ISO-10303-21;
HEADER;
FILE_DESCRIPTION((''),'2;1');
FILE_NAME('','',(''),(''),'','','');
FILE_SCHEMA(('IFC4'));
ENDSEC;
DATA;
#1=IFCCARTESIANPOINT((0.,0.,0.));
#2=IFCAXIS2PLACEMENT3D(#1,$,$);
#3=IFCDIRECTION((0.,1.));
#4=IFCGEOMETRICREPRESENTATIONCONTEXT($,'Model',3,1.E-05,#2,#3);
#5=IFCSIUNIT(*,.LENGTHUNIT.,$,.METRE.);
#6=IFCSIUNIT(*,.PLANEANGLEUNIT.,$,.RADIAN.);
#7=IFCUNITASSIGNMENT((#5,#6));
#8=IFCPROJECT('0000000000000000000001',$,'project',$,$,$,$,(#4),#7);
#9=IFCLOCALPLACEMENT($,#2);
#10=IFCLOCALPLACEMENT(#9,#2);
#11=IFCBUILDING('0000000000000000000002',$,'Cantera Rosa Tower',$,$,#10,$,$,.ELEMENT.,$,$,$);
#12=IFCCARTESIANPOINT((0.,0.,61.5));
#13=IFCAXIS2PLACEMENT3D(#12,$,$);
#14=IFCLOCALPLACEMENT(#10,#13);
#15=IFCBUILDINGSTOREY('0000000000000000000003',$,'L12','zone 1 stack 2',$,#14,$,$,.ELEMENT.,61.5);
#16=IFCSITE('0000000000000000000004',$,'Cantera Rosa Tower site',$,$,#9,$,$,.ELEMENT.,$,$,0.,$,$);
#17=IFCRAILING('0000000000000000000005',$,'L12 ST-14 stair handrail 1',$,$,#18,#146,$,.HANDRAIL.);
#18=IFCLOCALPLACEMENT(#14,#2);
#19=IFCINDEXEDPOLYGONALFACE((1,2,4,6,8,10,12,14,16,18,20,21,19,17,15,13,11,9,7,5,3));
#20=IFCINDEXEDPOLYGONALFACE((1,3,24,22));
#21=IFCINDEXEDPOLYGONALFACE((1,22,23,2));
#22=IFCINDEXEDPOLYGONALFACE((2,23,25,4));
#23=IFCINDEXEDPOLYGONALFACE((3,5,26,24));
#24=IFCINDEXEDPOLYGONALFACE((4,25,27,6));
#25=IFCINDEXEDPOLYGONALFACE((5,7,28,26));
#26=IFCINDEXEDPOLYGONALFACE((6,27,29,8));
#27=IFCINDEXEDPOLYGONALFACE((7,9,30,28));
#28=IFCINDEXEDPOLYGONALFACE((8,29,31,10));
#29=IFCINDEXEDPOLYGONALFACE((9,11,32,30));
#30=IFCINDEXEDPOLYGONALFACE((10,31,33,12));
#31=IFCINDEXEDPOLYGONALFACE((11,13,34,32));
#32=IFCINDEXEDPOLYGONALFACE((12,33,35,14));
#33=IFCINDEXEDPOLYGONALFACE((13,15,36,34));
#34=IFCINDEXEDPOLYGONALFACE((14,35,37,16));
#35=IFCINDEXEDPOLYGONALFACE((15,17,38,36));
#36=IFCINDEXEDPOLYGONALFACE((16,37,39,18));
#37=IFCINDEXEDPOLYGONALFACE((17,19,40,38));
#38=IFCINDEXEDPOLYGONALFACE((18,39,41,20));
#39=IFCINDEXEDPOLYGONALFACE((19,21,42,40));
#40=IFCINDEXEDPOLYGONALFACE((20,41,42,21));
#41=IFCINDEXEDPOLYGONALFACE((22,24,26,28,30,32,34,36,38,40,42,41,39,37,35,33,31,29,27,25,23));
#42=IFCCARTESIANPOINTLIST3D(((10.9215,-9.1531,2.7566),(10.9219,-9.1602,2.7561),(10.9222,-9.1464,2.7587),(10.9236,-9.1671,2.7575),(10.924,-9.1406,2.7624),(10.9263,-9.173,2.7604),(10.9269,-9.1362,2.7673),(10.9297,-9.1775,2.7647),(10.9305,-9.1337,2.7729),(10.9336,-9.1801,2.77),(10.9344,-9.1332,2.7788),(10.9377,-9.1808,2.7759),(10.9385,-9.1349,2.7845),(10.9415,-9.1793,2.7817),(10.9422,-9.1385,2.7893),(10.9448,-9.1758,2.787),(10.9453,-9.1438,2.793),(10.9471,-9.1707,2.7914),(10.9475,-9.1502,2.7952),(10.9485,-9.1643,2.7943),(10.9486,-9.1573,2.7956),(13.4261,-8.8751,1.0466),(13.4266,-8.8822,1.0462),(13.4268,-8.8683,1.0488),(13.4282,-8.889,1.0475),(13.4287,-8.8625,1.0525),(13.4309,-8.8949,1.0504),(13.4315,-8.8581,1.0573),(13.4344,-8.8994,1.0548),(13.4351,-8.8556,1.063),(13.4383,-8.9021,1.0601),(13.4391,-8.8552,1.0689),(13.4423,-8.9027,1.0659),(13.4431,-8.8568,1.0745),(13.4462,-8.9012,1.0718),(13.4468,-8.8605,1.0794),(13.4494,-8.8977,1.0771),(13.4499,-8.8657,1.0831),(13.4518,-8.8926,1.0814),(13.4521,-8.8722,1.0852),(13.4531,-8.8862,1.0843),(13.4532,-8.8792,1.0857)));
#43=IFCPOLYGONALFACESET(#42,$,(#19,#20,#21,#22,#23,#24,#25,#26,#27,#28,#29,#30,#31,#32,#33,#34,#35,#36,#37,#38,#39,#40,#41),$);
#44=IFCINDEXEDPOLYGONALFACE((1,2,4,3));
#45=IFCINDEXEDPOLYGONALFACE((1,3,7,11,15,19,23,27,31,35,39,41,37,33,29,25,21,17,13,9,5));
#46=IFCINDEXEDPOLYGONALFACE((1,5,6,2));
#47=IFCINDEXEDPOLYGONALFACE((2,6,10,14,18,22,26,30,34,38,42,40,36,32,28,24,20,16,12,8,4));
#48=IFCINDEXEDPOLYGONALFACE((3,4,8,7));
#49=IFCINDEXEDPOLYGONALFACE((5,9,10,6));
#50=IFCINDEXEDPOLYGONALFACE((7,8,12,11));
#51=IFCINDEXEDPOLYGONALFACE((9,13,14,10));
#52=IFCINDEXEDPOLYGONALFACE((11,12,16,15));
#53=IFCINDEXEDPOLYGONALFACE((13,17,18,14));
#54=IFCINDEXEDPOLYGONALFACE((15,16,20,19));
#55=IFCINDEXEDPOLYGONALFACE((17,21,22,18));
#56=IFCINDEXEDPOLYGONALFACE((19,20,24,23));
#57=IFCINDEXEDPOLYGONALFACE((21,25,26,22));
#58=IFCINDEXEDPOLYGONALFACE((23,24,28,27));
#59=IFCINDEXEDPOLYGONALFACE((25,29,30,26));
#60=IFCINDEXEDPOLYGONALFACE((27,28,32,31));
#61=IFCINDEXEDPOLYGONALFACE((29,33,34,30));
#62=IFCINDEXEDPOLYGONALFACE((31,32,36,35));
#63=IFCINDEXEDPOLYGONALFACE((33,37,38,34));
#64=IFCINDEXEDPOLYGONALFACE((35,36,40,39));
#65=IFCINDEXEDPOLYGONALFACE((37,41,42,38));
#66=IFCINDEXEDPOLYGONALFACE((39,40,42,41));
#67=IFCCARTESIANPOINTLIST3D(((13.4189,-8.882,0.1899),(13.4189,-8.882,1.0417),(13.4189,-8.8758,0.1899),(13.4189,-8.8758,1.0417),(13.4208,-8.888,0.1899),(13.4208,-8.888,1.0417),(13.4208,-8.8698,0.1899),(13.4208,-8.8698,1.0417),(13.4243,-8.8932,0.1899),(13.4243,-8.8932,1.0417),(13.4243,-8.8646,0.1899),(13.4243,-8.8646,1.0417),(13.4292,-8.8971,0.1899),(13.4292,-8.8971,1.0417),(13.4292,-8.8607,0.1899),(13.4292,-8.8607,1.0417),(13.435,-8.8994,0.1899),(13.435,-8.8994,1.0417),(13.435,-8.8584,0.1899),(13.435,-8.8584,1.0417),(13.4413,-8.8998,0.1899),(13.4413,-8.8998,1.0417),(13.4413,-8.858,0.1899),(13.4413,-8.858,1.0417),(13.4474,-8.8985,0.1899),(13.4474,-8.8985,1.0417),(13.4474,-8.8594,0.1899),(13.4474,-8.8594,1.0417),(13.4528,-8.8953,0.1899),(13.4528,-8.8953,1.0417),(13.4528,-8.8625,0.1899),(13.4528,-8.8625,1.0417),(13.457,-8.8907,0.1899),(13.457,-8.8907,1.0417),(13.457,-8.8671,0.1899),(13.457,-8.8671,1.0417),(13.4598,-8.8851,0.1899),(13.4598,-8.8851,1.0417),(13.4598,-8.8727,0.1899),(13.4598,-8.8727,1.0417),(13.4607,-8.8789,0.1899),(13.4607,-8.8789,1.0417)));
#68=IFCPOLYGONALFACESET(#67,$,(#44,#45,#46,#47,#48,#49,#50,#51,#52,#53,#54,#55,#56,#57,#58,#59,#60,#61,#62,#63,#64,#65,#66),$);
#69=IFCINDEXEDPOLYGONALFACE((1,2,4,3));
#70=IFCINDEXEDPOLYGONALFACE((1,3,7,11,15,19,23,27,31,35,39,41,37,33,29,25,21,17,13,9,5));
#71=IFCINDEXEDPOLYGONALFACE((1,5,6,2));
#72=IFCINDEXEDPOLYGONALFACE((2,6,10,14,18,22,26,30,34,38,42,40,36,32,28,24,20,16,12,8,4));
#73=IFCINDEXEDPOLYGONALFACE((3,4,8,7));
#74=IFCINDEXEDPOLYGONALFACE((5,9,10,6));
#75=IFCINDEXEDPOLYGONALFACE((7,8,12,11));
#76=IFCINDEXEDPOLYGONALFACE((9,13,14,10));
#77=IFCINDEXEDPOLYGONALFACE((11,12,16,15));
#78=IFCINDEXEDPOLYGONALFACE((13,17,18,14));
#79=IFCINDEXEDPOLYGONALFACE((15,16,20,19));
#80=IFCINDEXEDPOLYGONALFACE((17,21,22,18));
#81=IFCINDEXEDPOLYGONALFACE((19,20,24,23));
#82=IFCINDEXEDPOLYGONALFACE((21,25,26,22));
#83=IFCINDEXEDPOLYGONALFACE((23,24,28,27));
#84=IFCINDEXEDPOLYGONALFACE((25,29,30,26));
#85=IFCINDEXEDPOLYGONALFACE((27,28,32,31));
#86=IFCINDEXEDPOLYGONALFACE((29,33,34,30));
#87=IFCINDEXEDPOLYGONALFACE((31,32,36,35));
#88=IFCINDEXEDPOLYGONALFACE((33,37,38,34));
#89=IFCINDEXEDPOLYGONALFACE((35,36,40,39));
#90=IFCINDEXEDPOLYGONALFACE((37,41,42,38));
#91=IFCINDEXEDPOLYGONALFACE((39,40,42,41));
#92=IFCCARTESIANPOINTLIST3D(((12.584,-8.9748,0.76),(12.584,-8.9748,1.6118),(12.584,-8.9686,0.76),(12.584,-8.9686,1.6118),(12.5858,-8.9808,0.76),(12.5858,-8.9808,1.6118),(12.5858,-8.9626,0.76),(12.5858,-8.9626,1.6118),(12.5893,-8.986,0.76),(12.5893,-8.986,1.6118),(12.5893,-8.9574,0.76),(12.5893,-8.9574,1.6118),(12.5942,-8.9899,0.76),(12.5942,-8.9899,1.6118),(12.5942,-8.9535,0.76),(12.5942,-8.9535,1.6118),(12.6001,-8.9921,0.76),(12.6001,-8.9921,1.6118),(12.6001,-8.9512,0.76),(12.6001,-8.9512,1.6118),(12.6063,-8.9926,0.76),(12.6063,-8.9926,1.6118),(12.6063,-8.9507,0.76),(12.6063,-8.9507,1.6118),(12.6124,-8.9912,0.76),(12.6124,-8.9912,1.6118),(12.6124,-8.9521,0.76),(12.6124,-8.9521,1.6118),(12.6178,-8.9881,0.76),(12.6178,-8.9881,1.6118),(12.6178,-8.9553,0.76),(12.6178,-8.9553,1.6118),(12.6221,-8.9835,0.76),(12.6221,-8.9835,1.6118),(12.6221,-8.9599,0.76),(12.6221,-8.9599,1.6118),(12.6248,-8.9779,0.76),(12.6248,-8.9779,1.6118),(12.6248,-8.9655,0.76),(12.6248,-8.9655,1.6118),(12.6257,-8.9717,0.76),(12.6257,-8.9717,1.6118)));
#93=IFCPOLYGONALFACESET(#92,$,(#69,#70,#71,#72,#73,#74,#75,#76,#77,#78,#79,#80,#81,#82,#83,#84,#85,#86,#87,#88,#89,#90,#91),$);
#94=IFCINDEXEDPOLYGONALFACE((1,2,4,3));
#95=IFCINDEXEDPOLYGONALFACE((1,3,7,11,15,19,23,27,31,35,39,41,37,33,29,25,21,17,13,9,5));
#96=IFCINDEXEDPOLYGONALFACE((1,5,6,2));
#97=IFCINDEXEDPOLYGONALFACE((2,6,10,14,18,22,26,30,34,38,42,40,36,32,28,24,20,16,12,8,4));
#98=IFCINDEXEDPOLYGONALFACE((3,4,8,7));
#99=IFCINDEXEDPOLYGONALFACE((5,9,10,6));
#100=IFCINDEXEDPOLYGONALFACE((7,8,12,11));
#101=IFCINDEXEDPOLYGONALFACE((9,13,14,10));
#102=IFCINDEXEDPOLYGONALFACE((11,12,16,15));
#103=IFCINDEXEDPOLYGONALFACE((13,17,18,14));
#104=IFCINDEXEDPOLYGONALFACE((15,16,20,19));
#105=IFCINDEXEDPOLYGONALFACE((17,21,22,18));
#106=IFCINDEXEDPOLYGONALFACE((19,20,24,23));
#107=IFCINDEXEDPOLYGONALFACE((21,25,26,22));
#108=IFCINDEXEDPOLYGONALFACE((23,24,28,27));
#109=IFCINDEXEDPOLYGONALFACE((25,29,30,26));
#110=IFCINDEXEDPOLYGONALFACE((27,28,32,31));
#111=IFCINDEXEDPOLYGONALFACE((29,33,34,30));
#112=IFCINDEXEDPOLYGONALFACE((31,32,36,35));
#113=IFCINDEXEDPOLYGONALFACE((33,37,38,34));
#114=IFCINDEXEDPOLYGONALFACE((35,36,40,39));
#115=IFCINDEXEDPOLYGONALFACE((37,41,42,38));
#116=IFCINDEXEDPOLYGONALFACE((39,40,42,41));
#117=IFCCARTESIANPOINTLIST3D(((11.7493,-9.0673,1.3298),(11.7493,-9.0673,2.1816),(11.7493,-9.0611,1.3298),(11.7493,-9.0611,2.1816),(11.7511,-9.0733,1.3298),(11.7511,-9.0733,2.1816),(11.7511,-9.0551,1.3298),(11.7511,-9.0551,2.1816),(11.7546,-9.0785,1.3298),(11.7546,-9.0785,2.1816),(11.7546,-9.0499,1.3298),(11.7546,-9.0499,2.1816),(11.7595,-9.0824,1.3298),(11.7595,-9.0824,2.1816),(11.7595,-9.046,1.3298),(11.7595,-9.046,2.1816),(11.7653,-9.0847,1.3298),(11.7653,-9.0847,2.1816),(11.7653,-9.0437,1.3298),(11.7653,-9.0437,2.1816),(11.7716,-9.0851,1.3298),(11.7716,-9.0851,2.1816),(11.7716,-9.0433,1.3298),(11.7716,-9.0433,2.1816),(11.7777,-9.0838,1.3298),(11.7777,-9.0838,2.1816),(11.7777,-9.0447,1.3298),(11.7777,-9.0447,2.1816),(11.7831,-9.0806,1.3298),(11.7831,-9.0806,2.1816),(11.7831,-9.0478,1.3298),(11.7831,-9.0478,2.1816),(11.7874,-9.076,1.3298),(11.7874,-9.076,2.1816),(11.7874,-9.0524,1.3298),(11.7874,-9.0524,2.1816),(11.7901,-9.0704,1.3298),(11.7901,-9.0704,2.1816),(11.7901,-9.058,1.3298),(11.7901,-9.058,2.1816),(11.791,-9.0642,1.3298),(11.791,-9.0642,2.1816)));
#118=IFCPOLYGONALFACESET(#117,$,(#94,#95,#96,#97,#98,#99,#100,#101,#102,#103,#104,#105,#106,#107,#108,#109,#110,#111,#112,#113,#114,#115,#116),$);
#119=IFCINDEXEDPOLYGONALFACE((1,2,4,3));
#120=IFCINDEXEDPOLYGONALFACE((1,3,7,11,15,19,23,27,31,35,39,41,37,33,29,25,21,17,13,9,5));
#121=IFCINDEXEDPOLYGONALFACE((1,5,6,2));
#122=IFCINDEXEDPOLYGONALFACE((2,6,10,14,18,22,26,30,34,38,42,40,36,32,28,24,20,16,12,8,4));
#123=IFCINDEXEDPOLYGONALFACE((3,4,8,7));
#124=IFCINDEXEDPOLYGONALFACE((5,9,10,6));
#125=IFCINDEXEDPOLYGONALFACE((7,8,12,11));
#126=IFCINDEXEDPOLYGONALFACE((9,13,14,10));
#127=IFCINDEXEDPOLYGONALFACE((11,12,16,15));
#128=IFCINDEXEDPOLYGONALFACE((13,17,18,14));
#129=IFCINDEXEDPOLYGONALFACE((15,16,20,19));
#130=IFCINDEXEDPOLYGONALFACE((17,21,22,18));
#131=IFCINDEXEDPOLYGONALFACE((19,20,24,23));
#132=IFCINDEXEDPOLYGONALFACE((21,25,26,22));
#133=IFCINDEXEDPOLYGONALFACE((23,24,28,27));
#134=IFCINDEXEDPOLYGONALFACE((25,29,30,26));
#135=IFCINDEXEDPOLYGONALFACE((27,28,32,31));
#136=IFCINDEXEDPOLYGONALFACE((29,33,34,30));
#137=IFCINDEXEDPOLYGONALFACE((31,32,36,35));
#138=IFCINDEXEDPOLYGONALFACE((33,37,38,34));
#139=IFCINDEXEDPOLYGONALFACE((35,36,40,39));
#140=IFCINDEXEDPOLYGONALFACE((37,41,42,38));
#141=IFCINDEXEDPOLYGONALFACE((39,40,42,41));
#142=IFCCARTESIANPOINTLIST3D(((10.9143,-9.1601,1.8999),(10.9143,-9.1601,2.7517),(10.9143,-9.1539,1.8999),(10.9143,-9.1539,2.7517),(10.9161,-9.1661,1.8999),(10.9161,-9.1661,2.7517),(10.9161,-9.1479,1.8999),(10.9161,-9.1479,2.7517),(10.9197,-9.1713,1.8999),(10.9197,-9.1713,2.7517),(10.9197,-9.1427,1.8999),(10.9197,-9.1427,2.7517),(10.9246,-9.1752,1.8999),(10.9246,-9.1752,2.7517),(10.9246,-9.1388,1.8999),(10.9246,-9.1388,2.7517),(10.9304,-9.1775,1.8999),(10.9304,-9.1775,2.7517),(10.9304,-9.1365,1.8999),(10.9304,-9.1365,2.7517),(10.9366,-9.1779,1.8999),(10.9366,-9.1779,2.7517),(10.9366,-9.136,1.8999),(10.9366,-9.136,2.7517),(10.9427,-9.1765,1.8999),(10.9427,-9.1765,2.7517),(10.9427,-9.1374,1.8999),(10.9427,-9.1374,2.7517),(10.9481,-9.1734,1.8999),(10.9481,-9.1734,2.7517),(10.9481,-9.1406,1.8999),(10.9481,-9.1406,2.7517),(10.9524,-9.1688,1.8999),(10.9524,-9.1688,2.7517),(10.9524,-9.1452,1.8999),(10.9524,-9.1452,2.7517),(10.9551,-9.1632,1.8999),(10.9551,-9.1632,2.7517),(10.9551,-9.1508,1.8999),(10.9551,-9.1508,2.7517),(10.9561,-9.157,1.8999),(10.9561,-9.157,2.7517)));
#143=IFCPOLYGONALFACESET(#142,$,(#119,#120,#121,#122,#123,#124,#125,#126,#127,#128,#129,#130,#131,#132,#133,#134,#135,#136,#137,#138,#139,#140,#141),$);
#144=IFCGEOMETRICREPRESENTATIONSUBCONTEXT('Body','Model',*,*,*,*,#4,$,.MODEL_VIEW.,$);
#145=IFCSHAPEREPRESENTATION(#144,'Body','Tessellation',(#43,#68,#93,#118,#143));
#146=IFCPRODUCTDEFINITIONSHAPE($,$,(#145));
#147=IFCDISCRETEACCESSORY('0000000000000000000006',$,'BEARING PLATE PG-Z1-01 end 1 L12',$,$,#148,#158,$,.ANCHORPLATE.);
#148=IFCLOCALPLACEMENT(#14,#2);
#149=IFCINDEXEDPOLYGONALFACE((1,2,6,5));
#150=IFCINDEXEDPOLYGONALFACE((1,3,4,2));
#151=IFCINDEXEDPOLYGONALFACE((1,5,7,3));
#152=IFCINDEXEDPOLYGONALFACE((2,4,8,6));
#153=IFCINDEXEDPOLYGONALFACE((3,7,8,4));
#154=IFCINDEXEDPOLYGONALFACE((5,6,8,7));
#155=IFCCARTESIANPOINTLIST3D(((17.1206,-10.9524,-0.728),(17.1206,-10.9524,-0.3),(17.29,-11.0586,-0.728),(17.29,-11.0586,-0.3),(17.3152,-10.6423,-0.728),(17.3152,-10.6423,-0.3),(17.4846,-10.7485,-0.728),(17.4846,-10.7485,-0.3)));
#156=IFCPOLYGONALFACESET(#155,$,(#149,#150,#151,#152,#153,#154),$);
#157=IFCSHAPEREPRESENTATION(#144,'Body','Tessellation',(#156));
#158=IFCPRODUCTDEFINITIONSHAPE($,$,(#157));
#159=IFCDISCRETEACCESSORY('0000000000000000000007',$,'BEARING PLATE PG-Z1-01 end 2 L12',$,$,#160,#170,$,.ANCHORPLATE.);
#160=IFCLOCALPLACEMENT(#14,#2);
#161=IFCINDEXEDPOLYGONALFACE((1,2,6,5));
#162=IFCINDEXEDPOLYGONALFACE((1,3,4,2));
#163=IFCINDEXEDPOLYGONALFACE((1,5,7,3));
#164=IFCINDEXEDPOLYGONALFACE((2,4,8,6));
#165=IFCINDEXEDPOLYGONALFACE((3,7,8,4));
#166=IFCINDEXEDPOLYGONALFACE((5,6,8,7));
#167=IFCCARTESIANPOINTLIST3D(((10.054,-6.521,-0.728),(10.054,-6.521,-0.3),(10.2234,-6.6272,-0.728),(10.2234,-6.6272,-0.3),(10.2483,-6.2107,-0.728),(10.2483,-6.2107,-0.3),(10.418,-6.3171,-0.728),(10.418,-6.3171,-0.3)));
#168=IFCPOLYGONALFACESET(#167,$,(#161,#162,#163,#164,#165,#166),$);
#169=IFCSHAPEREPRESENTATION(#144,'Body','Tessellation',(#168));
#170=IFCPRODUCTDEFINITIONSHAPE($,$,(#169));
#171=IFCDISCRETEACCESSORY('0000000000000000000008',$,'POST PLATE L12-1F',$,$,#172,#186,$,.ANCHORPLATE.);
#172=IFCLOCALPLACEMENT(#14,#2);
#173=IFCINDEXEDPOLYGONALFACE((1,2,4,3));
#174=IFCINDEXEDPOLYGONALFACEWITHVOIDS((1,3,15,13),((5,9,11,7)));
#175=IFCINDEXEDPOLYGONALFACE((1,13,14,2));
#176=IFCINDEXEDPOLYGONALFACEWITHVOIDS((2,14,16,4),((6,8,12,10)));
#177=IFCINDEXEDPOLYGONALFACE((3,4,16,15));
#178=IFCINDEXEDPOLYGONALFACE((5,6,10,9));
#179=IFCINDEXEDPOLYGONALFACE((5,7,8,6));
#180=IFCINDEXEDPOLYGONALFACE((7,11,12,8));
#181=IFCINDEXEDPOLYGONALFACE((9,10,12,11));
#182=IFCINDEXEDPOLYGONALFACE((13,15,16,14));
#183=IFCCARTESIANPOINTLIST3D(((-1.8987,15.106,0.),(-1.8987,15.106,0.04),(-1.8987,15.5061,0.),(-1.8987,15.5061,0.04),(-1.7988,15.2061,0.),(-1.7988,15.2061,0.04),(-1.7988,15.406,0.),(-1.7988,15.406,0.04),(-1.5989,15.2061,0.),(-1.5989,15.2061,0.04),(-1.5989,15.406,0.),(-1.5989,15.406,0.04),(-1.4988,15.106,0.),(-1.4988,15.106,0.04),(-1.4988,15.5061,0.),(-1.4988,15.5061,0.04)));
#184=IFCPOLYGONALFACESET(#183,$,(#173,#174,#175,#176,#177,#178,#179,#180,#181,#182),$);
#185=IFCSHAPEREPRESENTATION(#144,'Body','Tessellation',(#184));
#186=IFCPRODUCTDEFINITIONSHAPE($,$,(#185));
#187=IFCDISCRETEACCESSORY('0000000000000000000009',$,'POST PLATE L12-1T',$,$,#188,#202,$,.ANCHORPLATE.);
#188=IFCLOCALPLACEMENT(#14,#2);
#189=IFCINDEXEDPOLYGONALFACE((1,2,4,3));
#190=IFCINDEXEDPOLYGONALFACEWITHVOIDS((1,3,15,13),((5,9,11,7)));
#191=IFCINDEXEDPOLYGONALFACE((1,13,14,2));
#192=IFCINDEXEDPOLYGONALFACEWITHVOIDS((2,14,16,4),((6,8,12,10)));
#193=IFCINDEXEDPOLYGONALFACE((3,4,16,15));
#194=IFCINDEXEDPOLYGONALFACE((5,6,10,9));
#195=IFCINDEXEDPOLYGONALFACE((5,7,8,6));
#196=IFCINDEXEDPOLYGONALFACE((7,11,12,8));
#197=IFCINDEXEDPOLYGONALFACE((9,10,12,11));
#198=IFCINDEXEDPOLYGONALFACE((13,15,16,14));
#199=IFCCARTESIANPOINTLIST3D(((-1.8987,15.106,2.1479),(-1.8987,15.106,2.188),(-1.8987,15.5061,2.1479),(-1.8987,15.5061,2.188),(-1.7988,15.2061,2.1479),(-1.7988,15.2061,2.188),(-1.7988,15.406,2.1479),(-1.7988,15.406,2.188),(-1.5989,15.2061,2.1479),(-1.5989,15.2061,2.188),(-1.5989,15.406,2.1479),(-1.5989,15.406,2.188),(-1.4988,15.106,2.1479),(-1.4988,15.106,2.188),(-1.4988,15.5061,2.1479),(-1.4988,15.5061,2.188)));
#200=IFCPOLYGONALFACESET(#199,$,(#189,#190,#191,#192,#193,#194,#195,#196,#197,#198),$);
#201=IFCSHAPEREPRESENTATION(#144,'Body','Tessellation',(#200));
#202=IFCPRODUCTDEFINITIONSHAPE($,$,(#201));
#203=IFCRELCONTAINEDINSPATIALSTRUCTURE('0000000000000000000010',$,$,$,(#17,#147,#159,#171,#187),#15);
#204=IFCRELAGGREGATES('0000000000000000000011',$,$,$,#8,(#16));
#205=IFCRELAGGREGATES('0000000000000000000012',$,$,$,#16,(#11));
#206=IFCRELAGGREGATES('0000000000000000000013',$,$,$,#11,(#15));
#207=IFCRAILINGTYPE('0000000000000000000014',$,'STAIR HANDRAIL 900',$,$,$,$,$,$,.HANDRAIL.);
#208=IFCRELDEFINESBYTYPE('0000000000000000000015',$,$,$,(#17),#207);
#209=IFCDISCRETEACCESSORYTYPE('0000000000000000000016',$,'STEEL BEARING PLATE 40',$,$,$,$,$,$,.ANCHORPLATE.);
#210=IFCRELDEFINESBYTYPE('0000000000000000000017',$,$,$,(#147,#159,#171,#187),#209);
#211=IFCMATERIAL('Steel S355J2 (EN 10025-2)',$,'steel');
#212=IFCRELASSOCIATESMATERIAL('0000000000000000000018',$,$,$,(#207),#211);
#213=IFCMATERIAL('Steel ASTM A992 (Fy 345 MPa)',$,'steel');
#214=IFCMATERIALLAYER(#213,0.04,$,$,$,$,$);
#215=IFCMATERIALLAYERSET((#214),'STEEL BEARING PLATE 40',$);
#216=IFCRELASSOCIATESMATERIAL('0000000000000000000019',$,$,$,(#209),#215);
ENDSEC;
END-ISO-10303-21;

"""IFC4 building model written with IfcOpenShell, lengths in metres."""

from ifc_helpers import new_model, si_unit, direction, frame, origin, origin_2d, place, context, subcontext, project, spatial, polyline, circle, outline, extrude, material, layer, layer_set, type_object, element, save


model = new_model("IFC4")

# Units and contexts
model_context = context("Model", 3, precision=1e-05, world=origin(), true_north=direction((0.0, 1.0)))
body_context = subcontext(model_context, "Body", "Model", "MODEL_VIEW")
ifc_project = project(units=[si_unit("LENGTHUNIT", "METRE"), si_unit("PLANEANGLEUNIT", "RADIAN")], contexts=[model_context])

# Site, building, storey
site_placement = place(None, origin())
site = spatial("IfcSite", under=ifc_project, at=site_placement, Name="Cantera Rosa Tower site", CompositionType="ELEMENT", RefElevation=0.0)
building_placement = place(site_placement, origin())
building = spatial("IfcBuilding", under=site, at=building_placement, Name="Cantera Rosa Tower", CompositionType="ELEMENT")
storey_placement = place(building_placement, frame((0.0, 0.0, 61.5)))
storey = spatial("IfcBuildingStorey", under=building, at=storey_placement, Name="L12", Description="zone 1 stack 2", CompositionType="ELEMENT", Elevation=61.5)

# Railing
ifc_material_1 = material(Name="Steel S355J2 (EN 10025-2)", Category="steel")
railing_type_1 = type_object("IfcRailingType", Name="STAIR HANDRAIL 900", PredefinedType="HANDRAIL", material=ifc_material_1)
railing_1_placement = place(storey_placement, frame((13.4397, -8.8789, 0.1899)))
element("IfcRailing", 1, at=railing_1_placement, inside=storey, type_object=railing_type_1, Name="L12 ST-14 stair handrail 1", PredefinedType="HANDRAIL", context=body_context, shape_type="SweptSolid", body=[
    extrude(circle(Radius=0.0239, at=origin_2d()), frame((0.0, 0.0, 0.876), z_axis=(-0.822431, -0.09131, 0.561488), x_axis=(0.110346, -0.993893, 0.0)), (0.0, 0.0, 1.0), 3.0454),
    extrude(circle(Radius=0.021, at=origin_2d()), origin(), (0.0, 0.0, 1.0), 0.8518),
    extrude(circle(Radius=0.021, at=origin_2d()), frame((-0.835, -0.0928, 0.5701)), (0.0, 0.0, 1.0), 0.8518),
    extrude(circle(Radius=0.021, at=origin_2d()), frame((-1.6697, -0.1853, 1.1399)), (0.0, 0.0, 1.0), 0.8518),
    extrude(circle(Radius=0.021, at=origin_2d()), frame((-2.5046, -0.2781, 1.71)), (0.0, 0.0, 1.0), 0.8518),
])

# Discrete accessories
ifc_material_2 = material(Name="Steel ASTM A992 (Fy 345 MPa)", Category="steel")
ifc_layer_1 = layer(ifc_material_2, 0.04)
ifc_layer_set_1 = layer_set([ifc_layer_1], Name="STEEL BEARING PLATE 40")
discrete_accessory_type = type_object("IfcDiscreteAccessoryType", Name="STEEL BEARING PLATE 40", PredefinedType="ANCHORPLATE", material=ifc_layer_set_1)
discrete_accessory_1_placement = place(storey_placement, frame((0.0, 0.0, -0.728)))
element("IfcDiscreteAccessory", 2, at=discrete_accessory_1_placement, inside=storey, type_object=discrete_accessory_type, Name="BEARING PLATE PG-Z1-01 end 1 L12", PredefinedType="ANCHORPLATE", context=body_context, shape_type="SweptSolid", body=[
    extrude(outline(polyline([(17.1206, -10.9524), (17.29, -11.0586), (17.4846, -10.7485), (17.3152, -10.6423), (17.1206, -10.9524)])), origin(), (0.0, 0.0, 1.0), 0.428),
])
discrete_accessory_2_placement = place(storey_placement, frame((0.0, 0.0, -0.728)))
element("IfcDiscreteAccessory", 3, at=discrete_accessory_2_placement, inside=storey, type_object=discrete_accessory_type, Name="BEARING PLATE PG-Z1-01 end 2 L12", PredefinedType="ANCHORPLATE", context=body_context, shape_type="SweptSolid", body=[
    extrude(outline(polyline([(10.418, -6.3171), (10.2483, -6.2107), (10.054, -6.521), (10.2234, -6.6272), (10.418, -6.3171)])), origin(), (0.0, 0.0, 1.0), 0.428),
])
for number, where, name in (
    (4, (0.0, 0.0, 0.0), "POST PLATE L12-1F"),
    (5, (0.0, 0.0, 2.1479), "POST PLATE L12-1T"),
):
    element("IfcDiscreteAccessory", number, at=place(storey_placement, frame(where)), inside=storey, type_object=discrete_accessory_type, Name=name, PredefinedType="ANCHORPLATE", context=body_context, shape_type="SweptSolid", body=[
        extrude(outline(polyline([(-1.8987, 15.106), (-1.4988, 15.106), (-1.4988, 15.5061), (-1.8987, 15.5061), (-1.8987, 15.106)]), holes=[polyline([(-1.7988, 15.2061), (-1.5989, 15.2061), (-1.5989, 15.406), (-1.7988, 15.406), (-1.7988, 15.2061)])]), origin(), (0.0, 0.0, 1.0), 0.04),
    ])

save(model, "model.ifc")
